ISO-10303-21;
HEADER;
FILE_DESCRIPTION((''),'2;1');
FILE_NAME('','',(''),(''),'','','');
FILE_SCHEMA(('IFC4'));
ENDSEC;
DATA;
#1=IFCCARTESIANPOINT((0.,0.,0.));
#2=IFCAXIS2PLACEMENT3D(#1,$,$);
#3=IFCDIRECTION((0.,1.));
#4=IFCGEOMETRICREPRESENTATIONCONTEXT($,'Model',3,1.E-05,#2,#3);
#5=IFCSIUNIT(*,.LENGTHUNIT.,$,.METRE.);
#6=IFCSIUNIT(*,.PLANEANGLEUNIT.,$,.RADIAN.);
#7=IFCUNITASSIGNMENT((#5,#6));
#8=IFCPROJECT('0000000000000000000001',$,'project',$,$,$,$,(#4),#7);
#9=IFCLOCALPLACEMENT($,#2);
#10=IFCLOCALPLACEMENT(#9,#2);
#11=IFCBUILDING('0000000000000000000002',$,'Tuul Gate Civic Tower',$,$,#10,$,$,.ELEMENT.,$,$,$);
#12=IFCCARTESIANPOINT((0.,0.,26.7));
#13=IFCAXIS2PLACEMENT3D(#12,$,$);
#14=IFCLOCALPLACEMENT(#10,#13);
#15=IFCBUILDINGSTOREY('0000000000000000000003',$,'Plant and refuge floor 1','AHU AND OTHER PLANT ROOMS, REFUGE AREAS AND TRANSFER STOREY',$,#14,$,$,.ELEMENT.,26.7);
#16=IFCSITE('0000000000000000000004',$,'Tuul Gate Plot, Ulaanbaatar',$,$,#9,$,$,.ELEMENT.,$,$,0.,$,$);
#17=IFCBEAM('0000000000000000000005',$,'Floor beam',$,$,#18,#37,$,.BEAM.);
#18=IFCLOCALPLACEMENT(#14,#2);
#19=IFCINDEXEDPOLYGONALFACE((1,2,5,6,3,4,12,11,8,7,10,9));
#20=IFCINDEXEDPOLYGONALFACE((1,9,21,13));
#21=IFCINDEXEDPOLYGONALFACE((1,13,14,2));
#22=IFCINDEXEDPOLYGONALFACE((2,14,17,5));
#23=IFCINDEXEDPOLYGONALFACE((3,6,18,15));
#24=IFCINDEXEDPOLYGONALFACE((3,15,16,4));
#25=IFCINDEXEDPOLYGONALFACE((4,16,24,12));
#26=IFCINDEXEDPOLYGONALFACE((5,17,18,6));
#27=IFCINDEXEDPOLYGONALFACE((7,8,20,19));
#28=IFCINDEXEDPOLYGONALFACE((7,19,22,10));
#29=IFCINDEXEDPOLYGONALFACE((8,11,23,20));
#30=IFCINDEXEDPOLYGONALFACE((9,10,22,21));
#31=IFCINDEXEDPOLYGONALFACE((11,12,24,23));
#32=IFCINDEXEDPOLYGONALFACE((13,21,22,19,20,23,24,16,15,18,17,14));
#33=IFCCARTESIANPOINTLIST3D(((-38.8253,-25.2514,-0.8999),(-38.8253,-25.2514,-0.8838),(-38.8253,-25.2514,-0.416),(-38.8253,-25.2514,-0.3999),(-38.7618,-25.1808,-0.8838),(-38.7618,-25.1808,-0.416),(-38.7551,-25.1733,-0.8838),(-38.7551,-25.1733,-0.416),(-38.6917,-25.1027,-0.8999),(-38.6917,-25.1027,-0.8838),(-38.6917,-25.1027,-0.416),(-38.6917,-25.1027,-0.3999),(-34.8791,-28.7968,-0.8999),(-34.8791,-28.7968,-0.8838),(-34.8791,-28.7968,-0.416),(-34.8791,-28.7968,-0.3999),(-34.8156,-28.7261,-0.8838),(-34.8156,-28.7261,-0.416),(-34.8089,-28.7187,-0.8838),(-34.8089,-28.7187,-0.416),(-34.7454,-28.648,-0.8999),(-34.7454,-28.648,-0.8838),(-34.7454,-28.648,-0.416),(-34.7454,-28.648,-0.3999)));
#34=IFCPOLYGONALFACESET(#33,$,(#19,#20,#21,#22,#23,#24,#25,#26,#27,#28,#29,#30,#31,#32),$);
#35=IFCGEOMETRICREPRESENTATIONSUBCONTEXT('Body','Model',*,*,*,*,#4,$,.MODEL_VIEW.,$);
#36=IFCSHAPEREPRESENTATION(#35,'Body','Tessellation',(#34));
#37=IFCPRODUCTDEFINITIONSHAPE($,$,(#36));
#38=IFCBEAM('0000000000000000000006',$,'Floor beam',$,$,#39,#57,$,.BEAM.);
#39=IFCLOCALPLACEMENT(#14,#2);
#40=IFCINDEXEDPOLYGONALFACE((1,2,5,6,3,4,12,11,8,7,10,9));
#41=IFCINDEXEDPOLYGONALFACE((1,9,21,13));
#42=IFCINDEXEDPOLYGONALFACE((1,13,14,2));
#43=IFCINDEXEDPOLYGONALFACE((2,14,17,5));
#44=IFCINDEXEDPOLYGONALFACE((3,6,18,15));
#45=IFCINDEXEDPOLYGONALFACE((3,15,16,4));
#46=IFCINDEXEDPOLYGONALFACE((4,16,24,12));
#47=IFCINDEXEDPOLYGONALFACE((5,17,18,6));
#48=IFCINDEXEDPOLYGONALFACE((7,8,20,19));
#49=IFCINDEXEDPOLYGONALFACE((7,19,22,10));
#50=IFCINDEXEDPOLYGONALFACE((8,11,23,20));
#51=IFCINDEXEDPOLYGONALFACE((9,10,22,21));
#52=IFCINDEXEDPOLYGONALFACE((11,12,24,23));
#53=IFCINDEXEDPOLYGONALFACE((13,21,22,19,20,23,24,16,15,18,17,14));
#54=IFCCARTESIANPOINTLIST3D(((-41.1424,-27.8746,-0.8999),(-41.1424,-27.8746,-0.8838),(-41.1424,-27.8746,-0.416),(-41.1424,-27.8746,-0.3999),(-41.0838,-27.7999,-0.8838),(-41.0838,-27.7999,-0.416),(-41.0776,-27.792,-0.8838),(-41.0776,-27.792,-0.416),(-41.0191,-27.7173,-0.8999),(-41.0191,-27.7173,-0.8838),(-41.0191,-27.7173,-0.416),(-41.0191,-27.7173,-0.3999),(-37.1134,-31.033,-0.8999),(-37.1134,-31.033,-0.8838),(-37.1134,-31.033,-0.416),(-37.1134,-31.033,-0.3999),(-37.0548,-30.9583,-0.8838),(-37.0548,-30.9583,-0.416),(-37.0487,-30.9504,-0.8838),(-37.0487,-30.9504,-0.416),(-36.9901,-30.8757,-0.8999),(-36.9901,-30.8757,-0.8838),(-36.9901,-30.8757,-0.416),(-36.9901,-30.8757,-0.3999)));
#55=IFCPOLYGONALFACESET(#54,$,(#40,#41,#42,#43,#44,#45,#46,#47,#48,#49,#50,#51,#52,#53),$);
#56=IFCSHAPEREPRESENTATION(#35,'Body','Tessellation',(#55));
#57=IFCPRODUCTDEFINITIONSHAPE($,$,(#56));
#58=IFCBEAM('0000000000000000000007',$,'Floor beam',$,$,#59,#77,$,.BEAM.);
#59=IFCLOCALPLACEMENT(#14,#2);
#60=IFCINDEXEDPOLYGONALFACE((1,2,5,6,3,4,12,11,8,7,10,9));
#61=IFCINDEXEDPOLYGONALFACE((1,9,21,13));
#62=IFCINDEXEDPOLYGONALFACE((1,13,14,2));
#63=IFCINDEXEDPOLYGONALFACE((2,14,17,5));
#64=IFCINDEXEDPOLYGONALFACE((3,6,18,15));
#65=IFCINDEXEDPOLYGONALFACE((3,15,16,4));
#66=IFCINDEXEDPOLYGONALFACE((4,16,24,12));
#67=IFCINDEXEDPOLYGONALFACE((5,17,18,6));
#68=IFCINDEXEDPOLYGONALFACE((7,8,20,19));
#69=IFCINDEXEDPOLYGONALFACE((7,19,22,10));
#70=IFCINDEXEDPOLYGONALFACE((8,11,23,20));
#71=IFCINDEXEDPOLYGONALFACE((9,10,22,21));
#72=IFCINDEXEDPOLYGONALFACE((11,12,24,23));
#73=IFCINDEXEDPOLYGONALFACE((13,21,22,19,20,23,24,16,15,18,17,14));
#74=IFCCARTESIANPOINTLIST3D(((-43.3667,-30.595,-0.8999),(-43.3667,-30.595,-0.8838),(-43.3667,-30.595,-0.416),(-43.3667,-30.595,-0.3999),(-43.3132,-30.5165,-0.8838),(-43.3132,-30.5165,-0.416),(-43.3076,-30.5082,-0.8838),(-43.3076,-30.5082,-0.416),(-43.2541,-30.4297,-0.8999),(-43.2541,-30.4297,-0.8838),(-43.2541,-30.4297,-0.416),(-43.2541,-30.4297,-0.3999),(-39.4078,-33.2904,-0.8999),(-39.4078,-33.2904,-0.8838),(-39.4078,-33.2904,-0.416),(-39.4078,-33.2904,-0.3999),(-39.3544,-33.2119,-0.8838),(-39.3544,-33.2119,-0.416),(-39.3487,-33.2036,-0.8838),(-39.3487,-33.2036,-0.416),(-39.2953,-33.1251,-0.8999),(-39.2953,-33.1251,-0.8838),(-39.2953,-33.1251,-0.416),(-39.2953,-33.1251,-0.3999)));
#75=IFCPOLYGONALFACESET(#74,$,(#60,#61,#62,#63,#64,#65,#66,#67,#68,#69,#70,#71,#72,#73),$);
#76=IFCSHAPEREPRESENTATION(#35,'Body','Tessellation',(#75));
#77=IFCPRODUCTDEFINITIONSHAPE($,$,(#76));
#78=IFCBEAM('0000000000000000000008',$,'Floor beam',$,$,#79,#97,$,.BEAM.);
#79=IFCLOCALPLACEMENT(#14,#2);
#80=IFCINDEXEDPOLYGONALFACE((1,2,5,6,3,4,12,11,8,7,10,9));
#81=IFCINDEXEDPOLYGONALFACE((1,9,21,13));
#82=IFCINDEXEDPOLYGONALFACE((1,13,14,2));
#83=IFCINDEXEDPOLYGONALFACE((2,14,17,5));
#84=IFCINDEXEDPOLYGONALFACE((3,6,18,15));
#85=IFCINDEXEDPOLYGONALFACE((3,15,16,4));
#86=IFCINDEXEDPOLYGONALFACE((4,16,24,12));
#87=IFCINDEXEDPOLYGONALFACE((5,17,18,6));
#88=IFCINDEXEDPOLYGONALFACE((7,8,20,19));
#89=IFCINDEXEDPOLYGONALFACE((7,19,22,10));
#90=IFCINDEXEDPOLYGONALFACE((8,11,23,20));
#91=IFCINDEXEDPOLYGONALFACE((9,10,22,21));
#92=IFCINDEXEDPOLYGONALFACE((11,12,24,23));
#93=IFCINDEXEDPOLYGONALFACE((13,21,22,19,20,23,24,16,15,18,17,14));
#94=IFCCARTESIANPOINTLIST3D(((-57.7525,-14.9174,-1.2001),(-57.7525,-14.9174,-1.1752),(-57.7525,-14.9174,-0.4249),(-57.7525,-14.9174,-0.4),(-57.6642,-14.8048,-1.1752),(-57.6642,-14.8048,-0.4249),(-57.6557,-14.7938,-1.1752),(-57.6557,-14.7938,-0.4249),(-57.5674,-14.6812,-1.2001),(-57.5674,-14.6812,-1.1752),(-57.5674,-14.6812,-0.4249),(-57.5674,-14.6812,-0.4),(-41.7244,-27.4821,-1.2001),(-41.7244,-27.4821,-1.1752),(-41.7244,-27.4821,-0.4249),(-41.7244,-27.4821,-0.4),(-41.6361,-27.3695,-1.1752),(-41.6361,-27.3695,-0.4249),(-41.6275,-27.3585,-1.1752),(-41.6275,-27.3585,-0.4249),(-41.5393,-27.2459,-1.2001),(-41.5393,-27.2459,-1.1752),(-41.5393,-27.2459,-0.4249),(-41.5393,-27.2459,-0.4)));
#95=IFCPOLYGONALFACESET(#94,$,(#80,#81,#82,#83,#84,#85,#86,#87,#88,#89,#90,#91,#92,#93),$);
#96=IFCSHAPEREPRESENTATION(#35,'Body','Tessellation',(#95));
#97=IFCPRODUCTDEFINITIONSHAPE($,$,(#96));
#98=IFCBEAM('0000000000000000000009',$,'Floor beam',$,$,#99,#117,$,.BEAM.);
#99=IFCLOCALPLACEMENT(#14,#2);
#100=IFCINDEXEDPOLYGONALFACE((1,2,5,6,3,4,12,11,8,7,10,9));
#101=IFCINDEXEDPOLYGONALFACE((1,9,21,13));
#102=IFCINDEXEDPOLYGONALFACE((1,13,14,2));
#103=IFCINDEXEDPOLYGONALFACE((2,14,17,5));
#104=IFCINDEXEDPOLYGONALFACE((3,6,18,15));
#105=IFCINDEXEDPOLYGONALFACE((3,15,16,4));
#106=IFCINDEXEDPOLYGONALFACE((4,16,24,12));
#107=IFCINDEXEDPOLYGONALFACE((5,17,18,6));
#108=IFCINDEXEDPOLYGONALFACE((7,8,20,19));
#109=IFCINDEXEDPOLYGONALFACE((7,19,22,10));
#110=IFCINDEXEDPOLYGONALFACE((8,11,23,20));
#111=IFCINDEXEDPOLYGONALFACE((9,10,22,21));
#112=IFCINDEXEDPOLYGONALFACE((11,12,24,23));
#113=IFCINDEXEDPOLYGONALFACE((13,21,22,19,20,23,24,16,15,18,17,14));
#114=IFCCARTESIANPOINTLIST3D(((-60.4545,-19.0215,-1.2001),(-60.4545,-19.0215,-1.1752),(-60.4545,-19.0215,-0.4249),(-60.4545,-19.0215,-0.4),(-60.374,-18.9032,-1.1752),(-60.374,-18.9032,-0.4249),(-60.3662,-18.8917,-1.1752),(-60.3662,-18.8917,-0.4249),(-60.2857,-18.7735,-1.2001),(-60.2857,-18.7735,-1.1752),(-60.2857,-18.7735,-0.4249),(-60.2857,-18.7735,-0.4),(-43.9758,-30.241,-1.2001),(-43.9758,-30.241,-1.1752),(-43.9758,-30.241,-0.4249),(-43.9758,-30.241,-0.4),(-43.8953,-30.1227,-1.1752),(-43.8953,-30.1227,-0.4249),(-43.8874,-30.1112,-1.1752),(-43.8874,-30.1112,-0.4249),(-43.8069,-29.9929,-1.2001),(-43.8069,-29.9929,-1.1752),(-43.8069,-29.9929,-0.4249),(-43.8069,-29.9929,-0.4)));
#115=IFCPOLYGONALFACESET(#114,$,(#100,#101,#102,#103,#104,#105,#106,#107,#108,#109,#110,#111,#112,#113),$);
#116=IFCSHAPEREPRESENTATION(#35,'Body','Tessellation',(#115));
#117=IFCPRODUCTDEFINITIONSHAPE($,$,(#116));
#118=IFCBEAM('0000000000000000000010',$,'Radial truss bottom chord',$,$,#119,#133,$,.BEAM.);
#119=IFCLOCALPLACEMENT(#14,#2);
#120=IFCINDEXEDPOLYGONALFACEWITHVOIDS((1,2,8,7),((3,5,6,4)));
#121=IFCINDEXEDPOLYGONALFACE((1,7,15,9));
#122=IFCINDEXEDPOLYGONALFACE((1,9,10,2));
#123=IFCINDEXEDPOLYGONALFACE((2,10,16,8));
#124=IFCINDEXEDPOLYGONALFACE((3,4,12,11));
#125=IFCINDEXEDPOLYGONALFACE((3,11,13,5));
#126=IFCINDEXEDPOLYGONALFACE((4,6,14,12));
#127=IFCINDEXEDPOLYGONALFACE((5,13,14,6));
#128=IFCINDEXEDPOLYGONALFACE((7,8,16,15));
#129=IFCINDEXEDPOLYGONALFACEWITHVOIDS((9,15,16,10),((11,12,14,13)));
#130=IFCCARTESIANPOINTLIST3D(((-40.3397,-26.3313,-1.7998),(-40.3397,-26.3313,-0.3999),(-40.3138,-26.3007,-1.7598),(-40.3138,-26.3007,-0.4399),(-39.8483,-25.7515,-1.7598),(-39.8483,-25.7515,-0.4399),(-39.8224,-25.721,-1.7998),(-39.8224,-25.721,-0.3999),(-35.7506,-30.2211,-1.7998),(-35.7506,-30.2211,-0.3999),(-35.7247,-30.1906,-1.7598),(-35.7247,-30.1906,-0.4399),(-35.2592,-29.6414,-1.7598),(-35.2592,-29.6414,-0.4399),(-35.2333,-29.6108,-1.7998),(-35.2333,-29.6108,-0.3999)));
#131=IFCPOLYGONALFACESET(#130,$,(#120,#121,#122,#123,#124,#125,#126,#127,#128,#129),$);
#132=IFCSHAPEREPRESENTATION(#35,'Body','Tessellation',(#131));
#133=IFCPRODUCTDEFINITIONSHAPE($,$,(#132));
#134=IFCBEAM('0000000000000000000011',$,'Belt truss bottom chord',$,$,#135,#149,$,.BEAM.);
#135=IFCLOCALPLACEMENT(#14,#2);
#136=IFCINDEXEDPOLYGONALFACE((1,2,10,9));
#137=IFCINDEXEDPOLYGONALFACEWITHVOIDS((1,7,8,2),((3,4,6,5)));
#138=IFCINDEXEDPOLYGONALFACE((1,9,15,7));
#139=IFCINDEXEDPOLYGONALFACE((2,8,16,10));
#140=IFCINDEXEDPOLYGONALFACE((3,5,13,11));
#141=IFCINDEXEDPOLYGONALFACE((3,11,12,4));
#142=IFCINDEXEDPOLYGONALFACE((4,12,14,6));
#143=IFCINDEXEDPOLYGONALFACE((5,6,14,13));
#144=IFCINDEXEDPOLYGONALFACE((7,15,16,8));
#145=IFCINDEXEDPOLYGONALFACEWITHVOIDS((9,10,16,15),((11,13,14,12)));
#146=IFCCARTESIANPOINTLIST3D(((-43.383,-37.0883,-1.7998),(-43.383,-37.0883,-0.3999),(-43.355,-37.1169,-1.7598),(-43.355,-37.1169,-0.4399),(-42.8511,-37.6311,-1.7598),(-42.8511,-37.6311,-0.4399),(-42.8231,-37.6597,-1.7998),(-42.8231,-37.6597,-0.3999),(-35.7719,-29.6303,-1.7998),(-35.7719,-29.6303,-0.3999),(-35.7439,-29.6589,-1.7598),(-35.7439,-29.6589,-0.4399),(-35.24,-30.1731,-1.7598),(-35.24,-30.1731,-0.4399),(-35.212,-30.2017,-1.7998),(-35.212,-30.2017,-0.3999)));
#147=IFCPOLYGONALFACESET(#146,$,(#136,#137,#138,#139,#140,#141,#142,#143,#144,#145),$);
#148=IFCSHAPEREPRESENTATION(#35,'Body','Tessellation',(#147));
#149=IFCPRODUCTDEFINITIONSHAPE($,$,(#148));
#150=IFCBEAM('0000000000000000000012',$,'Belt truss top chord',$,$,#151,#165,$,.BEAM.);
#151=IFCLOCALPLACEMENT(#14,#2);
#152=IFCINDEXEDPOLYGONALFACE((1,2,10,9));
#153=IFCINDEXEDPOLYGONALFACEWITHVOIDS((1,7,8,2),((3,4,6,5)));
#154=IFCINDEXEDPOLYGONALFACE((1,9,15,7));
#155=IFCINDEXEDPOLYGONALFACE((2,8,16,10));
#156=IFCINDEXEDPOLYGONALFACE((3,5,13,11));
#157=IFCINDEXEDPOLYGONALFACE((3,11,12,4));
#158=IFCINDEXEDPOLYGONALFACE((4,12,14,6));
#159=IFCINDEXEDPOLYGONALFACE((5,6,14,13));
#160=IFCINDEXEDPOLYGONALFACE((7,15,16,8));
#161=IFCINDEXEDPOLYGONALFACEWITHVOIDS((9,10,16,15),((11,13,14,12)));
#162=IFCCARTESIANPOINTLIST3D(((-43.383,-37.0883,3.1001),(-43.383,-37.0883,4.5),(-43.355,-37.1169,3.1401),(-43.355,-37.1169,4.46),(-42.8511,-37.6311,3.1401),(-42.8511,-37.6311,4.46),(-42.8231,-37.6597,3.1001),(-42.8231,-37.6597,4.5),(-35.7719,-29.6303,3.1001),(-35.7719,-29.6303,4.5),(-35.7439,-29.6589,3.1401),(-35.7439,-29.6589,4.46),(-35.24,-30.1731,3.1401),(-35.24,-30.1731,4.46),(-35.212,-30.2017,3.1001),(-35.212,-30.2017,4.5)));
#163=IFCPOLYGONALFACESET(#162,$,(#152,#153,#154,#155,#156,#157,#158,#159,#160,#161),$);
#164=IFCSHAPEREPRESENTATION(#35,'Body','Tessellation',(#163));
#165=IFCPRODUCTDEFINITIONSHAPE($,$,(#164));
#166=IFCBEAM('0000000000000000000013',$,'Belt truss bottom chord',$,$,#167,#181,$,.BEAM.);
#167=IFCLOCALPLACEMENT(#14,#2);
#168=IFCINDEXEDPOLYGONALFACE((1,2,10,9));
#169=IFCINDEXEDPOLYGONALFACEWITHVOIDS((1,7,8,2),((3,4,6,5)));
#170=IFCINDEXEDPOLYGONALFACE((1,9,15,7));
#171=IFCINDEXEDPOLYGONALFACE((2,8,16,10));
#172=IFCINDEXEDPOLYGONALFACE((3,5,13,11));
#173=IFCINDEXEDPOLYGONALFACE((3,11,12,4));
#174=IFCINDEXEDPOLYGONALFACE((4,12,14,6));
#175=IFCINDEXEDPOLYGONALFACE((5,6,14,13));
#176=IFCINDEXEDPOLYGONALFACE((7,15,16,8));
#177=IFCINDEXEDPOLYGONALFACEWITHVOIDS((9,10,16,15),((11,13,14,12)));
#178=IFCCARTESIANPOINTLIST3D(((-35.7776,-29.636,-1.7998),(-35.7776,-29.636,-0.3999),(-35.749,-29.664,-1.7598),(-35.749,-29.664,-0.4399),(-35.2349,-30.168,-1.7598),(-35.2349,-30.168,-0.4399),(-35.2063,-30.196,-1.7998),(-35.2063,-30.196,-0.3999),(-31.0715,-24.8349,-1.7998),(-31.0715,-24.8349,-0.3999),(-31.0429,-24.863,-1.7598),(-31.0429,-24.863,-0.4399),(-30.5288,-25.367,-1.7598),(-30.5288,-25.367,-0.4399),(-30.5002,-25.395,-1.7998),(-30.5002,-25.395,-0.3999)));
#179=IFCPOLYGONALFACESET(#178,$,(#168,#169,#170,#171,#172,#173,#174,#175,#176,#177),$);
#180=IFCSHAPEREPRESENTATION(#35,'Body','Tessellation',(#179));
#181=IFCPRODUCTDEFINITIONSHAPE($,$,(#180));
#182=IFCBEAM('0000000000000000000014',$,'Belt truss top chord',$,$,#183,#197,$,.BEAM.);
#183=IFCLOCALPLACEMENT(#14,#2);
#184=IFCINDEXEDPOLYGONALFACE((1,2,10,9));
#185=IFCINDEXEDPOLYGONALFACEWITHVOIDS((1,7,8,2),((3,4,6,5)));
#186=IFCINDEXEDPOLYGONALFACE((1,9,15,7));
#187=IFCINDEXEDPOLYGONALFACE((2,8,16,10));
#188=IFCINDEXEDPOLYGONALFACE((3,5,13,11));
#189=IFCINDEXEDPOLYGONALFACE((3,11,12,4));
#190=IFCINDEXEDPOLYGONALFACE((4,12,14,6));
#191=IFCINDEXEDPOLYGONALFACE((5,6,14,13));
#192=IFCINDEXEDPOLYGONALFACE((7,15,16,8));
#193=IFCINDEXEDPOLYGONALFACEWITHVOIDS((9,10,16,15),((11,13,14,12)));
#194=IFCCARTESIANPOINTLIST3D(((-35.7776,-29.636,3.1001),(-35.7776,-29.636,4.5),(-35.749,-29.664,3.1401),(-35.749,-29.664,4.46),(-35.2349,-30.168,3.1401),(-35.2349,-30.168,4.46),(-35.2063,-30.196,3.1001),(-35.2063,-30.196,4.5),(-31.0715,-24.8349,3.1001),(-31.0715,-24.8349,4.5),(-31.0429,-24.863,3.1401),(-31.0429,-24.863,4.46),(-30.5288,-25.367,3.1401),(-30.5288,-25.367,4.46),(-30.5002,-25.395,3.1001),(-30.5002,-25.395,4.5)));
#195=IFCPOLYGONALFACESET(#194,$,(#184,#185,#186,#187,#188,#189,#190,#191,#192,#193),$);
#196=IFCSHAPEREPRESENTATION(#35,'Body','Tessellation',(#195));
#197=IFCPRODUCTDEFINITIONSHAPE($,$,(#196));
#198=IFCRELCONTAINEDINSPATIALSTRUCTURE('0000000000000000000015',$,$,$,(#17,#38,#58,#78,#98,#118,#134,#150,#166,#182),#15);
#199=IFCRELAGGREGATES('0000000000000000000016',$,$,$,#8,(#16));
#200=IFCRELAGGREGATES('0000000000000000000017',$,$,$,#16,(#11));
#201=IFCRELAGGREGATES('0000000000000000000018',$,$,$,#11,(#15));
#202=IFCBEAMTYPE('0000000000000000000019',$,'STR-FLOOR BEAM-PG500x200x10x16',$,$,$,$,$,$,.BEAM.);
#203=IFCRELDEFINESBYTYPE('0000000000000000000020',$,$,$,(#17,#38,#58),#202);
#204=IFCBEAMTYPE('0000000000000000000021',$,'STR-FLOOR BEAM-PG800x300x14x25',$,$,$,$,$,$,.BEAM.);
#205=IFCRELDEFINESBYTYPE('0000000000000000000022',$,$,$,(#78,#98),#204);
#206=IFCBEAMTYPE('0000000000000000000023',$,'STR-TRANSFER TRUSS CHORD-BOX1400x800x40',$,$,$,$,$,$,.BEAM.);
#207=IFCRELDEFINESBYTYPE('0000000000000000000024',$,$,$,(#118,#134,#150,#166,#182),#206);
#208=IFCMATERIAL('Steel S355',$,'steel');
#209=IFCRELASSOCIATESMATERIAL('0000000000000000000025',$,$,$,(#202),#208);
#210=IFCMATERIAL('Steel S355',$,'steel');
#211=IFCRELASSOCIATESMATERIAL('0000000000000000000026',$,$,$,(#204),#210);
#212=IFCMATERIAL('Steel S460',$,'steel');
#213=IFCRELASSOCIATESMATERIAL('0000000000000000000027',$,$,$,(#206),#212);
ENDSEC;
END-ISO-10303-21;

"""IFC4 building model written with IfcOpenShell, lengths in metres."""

from ifc_helpers import new_model, si_unit, direction, frame, origin, origin_2d, place, context, subcontext, project, spatial, hollow_rectangle, i_section, extrude, material, material_profile, profile_set, type_object, element, save


model = new_model("IFC4")

# Units and contexts
model_context = context("Model", 3, precision=1e-05, world=origin(), true_north=direction((0.0, 1.0)))
body_context = subcontext(model_context, "Body", "Model", "MODEL_VIEW")
ifc_project = project(units=[si_unit("LENGTHUNIT", "METRE"), si_unit("PLANEANGLEUNIT", "RADIAN")], contexts=[model_context])

# Site, building, storey
site_placement = place(None, origin())
site = spatial("IfcSite", under=ifc_project, at=site_placement, Name="Tuul Gate Plot, Ulaanbaatar", CompositionType="ELEMENT", RefElevation=0.0)
building_placement = place(site_placement, origin())
building = spatial("IfcBuilding", under=site, at=building_placement, Name="Tuul Gate Civic Tower", CompositionType="ELEMENT")
storey_placement = place(building_placement, frame((0.0, 0.0, 26.7)))
storey = spatial("IfcBuildingStorey", under=building, at=storey_placement, Name="Plant and refuge floor 1", Description="AHU AND OTHER PLANT ROOMS, REFUGE AREAS AND TRANSFER STOREY", CompositionType="ELEMENT", Elevation=26.7)

# Beams
ifc_material_1 = material(Name="Steel S355", Category="steel")
ifc_material_profile_1 = material_profile(ifc_material_1, i_section(OverallWidth=0.2, OverallDepth=0.5, WebThickness=0.01, FlangeThickness=0.0161, at=origin_2d()), Name="PG500x200x10x16")
ifc_profile_set_1 = profile_set([ifc_material_profile_1], Name="Steel S355")
beam_type_1 = type_object("IfcBeamType", Name="STR-FLOOR BEAM-PG500x200x10x16", PredefinedType="BEAM", material=ifc_profile_set_1)
beam_1_placement = place(storey_placement, frame((-34.8123, -28.7224, -0.6499), z_axis=(-0.74388, 0.668314, 0.0), x_axis=(-0.668314, -0.74388, 0.0)))
element("IfcBeam", 1, at=beam_1_placement, inside=storey, type_object=beam_type_1, Name="Floor beam", PredefinedType="BEAM", context=body_context, shape_type="SweptSolid", body=[
    extrude(i_section(OverallWidth=0.2, OverallDepth=0.5, WebThickness=0.01, FlangeThickness=0.0161, at=origin_2d()), origin(), (0.0, 0.0, 1.0), 5.3049),
])
beam_2_placement = place(storey_placement, frame((-37.0518, -30.9543, -0.6499), z_axis=(-0.787005, 0.616947, 0.0), x_axis=(-0.616947, -0.787005, 0.0)))
element("IfcBeam", 2, at=beam_2_placement, inside=storey, type_object=beam_type_1, Name="Floor beam", PredefinedType="BEAM", context=body_context, shape_type="SweptSolid", body=[
    extrude(i_section(OverallWidth=0.2, OverallDepth=0.5, WebThickness=0.01, FlangeThickness=0.0161, at=origin_2d()), origin(), (0.0, 0.0, 1.0), 5.1194),
])
beam_3_placement = place(storey_placement, frame((-39.3516, -33.2078, -0.6499), z_axis=(-0.826599, 0.562791, 0.0), x_axis=(-0.562791, -0.826599, 0.0)))
element("IfcBeam", 3, at=beam_3_placement, inside=storey, type_object=beam_type_1, Name="Floor beam", PredefinedType="BEAM", context=body_context, shape_type="SweptSolid", body=[
    extrude(i_section(OverallWidth=0.2, OverallDepth=0.5, WebThickness=0.01, FlangeThickness=0.0161, at=origin_2d()), origin(), (0.0, 0.0, 1.0), 4.7893),
])
ifc_material_2 = material(Name="Steel S355", Category="steel")
ifc_material_profile_2 = material_profile(ifc_material_2, i_section(OverallWidth=0.3, OverallDepth=0.8, WebThickness=0.0139, FlangeThickness=0.0249, at=origin_2d()), Name="PG800x300x14x25")
ifc_profile_set_2 = profile_set([ifc_material_profile_2], Name="Steel S355")
beam_type_2 = type_object("IfcBeamType", Name="STR-FLOOR BEAM-PG800x300x14x25", PredefinedType="BEAM", material=ifc_profile_set_2)
beam_4_placement = place(storey_placement, frame((-41.6318, -27.364, -0.8), z_axis=(-0.787005, 0.616947, 0.0), x_axis=(-0.616947, -0.787005, 0.0)))
element("IfcBeam", 4, at=beam_4_placement, inside=storey, type_object=beam_type_2, Name="Floor beam", PredefinedType="BEAM", context=body_context, shape_type="SweptSolid", body=[
    extrude(i_section(OverallWidth=0.3, OverallDepth=0.8, WebThickness=0.0139, FlangeThickness=0.0249, at=origin_2d()), origin(), (0.0, 0.0, 1.0), 20.366),
])
beam_5_placement = place(storey_placement, frame((-43.8914, -30.1169, -0.8), z_axis=(-0.826602, 0.562788, 0.0), x_axis=(-0.562788, -0.826602, 0.0)))
element("IfcBeam", 5, at=beam_5_placement, inside=storey, type_object=beam_type_2, Name="Floor beam", PredefinedType="BEAM", context=body_context, shape_type="SweptSolid", body=[
    extrude(i_section(OverallWidth=0.3, OverallDepth=0.8, WebThickness=0.0139, FlangeThickness=0.0249, at=origin_2d()), origin(), (0.0, 0.0, 1.0), 19.9355),
])
ifc_material_3 = material(Name="Steel S460", Category="steel")
ifc_material_profile_3 = material_profile(ifc_material_3, hollow_rectangle(XDim=0.8, YDim=1.3999, WallThickness=0.04, at=origin_2d()), Name="BOX1400x800x40")
ifc_profile_set_3 = profile_set([ifc_material_profile_3], Name="Steel S460")
beam_type_3 = type_object("IfcBeamType", Name="STR-TRANSFER TRUSS CHORD-BOX1400x800x40", PredefinedType="BEAM", material=ifc_profile_set_3)
beam_6_placement = place(storey_placement, frame((-40.0811, -26.0261, -1.0999), z_axis=(0.762829, -0.646601, 0.0), x_axis=(0.646601, 0.762829, 0.0)))
element("IfcBeam", 6, at=beam_6_placement, inside=storey, type_object=beam_type_3, Name="Radial truss bottom chord", PredefinedType="BEAM", context=body_context, shape_type="SweptSolid", body=[
    extrude(hollow_rectangle(XDim=0.8, YDim=1.3999, WallThickness=0.04, at=origin_2d()), origin(), (0.0, 0.0, 1.0), 6.0159),
])
for number, where, z_axis, x_axis, name in (
    (7, (-43.103, -37.374, -1.0999), (0.714253, 0.699888, 0.0), (-0.699888, 0.714253, 0.0), "Belt truss bottom chord"),
    (8, (-43.103, -37.374, 3.8), (0.714253, 0.699888, 0.0), (-0.699888, 0.714253, 0.0), "Belt truss top chord"),
):
    element("IfcBeam", number, at=place(storey_placement, frame(where, z_axis=z_axis, x_axis=x_axis)), inside=storey, type_object=beam_type_3, Name=name, PredefinedType="BEAM", context=body_context, shape_type="SweptSolid", body=[
        extrude(hollow_rectangle(XDim=0.8, YDim=1.3999, WallThickness=0.04, at=origin_2d()), origin(), (0.0, 0.0, 1.0), 10.656),
    ])
for number, where, z_axis, x_axis, name in (
    (9, (-35.4919, -29.916, -1.0999), (0.700008, 0.714135, 0.0), (-0.714135, 0.700008, 0.0), "Belt truss bottom chord"),
    (10, (-35.4919, -29.916, 3.8), (0.700008, 0.714135, 0.0), (-0.714135, 0.700008, 0.0), "Belt truss top chord"),
):
    element("IfcBeam", number, at=place(storey_placement, frame(where, z_axis=z_axis, x_axis=x_axis)), inside=storey, type_object=beam_type_3, Name=name, PredefinedType="BEAM", context=body_context, shape_type="SweptSolid", body=[
        extrude(hollow_rectangle(XDim=0.8, YDim=1.3999, WallThickness=0.04, at=origin_2d()), origin(), (0.0, 0.0, 1.0), 6.7229),
    ])

save(model, "model.ifc")
